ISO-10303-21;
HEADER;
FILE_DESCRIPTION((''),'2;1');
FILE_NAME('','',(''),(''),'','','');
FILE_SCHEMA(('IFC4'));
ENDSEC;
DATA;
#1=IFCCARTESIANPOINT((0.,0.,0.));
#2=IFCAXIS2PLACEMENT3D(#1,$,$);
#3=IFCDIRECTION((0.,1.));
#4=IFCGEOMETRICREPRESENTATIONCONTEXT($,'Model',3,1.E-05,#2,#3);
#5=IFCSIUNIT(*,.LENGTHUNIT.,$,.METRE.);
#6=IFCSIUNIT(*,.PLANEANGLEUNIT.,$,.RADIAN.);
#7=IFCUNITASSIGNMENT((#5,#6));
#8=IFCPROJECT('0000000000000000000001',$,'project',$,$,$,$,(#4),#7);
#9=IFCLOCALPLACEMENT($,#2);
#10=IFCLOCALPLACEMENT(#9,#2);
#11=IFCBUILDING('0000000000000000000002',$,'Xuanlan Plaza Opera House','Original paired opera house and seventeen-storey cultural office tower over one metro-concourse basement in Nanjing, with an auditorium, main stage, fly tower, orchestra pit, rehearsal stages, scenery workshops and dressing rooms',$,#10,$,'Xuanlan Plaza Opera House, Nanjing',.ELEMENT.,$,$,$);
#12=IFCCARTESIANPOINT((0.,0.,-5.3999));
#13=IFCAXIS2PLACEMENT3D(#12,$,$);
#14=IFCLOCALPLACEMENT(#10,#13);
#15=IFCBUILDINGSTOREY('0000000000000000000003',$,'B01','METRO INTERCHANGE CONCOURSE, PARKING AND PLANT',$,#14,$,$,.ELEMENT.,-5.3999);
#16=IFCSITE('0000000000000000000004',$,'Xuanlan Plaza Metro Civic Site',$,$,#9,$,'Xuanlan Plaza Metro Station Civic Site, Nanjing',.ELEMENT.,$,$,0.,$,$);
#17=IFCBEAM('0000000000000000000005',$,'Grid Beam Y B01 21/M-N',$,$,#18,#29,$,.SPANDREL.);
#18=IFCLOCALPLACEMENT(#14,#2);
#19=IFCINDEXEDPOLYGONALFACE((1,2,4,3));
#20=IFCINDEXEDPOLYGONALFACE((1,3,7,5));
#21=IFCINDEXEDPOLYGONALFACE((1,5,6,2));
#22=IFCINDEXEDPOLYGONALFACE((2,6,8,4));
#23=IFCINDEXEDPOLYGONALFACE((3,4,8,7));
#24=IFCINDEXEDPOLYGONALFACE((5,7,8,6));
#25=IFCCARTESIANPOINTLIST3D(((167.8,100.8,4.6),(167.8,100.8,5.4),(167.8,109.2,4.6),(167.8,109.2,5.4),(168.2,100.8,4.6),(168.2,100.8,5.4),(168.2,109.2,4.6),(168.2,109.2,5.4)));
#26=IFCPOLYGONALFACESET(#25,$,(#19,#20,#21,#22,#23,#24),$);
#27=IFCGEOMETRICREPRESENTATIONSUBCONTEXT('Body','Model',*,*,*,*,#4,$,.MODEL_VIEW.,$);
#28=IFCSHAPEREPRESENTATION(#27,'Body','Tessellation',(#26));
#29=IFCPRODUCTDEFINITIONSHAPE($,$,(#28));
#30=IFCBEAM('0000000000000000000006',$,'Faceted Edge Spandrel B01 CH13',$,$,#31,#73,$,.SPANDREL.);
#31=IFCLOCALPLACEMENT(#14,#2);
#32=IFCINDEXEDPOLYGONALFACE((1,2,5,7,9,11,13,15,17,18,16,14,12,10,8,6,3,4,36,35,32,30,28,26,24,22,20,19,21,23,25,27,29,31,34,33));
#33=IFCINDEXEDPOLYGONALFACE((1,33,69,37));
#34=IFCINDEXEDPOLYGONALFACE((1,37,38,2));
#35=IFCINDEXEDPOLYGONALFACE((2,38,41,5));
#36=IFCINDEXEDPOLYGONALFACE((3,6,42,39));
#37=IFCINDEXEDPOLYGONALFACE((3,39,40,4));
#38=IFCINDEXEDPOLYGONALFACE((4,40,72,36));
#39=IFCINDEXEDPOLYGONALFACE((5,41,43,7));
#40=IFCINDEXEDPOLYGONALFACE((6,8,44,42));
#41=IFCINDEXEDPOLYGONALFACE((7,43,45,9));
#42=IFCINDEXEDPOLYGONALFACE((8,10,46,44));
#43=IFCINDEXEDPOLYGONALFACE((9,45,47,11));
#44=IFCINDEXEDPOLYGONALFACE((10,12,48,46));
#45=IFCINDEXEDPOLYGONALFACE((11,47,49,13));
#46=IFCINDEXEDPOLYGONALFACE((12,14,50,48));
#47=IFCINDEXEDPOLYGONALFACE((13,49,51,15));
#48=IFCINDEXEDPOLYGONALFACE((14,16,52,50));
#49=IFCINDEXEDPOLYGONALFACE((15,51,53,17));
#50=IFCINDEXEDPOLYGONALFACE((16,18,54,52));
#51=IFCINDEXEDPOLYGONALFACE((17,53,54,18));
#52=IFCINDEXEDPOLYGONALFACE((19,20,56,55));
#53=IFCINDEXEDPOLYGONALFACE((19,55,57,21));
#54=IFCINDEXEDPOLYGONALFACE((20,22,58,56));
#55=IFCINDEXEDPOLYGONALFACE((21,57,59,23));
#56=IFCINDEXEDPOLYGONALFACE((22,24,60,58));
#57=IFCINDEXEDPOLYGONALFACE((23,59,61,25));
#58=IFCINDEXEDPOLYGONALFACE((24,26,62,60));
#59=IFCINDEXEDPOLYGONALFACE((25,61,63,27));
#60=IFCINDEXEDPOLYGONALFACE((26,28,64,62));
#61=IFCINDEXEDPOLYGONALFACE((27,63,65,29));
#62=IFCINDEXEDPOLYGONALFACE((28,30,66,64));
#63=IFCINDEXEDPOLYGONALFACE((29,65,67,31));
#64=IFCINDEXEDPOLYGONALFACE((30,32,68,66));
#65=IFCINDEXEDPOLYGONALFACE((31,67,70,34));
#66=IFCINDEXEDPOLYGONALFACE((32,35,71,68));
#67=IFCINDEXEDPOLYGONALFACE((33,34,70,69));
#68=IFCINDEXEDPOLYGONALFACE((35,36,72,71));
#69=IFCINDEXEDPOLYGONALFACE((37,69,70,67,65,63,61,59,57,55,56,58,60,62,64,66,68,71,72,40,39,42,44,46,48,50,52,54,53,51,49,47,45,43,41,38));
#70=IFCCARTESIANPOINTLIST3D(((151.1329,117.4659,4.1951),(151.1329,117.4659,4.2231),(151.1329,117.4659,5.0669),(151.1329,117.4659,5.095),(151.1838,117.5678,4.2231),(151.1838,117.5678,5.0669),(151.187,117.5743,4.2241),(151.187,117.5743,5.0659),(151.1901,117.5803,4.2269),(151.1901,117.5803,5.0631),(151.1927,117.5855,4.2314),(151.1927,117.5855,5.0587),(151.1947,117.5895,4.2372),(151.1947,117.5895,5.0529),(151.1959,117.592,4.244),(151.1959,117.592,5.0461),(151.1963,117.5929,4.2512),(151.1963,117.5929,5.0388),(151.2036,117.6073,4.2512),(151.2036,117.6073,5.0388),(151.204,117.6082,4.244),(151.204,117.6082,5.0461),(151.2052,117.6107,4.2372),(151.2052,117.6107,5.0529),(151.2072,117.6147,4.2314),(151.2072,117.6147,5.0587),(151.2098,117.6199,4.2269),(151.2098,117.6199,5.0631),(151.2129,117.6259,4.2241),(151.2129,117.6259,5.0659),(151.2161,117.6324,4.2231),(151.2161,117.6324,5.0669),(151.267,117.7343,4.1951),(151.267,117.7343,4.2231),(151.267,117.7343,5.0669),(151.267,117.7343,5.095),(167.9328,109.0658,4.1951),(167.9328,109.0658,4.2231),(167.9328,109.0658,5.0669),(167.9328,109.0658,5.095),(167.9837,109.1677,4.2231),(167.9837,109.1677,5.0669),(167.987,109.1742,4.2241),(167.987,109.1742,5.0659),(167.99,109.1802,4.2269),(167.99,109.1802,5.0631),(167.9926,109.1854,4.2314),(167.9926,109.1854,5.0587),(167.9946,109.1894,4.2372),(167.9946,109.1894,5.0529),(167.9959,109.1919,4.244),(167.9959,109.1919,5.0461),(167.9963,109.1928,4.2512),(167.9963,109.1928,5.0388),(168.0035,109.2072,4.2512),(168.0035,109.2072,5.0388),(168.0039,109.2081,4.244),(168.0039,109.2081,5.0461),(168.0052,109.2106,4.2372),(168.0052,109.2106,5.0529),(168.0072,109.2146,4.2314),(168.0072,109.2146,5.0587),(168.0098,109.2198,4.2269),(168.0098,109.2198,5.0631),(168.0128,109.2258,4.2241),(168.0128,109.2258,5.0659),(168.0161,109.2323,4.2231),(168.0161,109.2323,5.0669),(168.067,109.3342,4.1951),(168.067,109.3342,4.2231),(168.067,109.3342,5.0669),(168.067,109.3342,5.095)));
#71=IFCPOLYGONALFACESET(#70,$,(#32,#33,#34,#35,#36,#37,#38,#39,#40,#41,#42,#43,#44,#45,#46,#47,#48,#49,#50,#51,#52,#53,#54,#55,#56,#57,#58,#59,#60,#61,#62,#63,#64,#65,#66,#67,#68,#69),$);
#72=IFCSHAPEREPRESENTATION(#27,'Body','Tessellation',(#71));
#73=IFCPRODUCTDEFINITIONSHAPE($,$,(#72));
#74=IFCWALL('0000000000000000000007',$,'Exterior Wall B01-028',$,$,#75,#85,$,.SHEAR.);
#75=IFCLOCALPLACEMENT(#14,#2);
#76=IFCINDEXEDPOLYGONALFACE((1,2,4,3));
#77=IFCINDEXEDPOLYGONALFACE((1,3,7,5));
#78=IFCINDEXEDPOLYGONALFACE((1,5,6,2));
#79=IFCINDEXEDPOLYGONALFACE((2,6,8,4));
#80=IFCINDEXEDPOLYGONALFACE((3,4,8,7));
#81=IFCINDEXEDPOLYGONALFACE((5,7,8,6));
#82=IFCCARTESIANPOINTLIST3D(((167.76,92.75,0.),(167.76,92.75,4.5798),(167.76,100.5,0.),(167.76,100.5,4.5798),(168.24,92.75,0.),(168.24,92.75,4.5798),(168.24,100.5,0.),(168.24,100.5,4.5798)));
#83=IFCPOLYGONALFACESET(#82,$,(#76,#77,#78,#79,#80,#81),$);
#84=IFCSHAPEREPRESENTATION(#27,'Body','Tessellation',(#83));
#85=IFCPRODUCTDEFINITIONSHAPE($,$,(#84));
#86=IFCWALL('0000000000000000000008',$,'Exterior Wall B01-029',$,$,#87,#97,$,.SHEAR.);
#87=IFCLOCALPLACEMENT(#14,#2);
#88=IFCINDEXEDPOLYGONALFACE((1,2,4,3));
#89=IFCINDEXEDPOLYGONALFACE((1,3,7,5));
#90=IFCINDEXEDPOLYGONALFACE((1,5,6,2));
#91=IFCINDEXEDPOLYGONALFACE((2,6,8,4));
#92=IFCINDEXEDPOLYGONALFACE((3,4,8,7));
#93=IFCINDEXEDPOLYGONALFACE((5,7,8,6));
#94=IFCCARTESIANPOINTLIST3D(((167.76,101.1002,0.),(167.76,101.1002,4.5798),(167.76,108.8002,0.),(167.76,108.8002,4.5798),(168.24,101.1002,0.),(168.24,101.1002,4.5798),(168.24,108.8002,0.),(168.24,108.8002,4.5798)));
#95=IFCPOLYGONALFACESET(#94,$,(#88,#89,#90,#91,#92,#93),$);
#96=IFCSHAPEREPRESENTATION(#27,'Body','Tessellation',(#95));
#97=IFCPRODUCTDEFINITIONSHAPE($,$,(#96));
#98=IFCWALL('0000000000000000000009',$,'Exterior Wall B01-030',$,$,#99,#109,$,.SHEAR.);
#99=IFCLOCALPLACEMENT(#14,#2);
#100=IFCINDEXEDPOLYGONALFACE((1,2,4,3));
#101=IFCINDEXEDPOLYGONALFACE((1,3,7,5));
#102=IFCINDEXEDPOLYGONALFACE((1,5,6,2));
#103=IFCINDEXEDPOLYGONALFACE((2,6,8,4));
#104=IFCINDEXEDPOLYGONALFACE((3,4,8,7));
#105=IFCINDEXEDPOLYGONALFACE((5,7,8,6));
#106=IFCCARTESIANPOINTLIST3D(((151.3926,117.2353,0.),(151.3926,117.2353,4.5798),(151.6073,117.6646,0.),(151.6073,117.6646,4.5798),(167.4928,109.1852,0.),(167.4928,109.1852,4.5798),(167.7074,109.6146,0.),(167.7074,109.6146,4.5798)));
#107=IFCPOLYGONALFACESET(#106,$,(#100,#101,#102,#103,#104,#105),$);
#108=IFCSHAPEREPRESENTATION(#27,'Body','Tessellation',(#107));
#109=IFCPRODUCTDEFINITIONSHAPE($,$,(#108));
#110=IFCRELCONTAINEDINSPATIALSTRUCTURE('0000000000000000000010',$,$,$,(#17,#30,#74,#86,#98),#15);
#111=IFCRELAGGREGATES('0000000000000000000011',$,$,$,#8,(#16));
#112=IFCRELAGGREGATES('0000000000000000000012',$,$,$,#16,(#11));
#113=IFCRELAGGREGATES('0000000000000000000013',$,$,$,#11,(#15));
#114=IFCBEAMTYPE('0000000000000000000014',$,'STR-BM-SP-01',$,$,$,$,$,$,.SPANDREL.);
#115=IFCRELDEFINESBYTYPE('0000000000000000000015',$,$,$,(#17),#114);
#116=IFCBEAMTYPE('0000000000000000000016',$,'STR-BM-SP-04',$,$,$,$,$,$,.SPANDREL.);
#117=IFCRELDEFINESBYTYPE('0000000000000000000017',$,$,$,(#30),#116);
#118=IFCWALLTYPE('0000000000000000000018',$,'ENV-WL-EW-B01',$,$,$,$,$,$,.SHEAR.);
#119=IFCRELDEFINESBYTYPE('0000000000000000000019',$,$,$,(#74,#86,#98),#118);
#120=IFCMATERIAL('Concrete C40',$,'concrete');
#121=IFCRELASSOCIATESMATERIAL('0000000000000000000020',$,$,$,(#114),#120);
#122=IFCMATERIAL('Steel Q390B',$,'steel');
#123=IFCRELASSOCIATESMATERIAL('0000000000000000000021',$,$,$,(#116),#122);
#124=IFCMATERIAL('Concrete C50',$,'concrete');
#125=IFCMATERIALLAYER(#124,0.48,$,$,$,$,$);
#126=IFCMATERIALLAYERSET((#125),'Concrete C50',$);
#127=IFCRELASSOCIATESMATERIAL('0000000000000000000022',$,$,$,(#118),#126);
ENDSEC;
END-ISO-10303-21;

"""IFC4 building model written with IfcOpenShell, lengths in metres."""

from ifc_helpers import new_model, si_unit, direction, frame, frame_2d, origin, origin_2d, place, context, subcontext, project, spatial, rectangle, i_section, extrude, material, layer, layer_set, material_profile, profile_set, type_object, element, save


model = new_model("IFC4")

# Units and contexts
model_context = context("Model", 3, precision=1e-05, world=origin(), true_north=direction((0.0, 1.0)))
body_context = subcontext(model_context, "Body", "Model", "MODEL_VIEW")
ifc_project = project(units=[si_unit("LENGTHUNIT", "METRE"), si_unit("PLANEANGLEUNIT", "RADIAN")], contexts=[model_context])

# Site, building, storey
site_placement = place(None, origin())
site = spatial("IfcSite", under=ifc_project, at=site_placement, Name="Xuanlan Plaza Metro Civic Site", LongName="Xuanlan Plaza Metro Station Civic Site, Nanjing", CompositionType="ELEMENT", RefElevation=0.0)
building_placement = place(site_placement, origin())
building = spatial("IfcBuilding", under=site, at=building_placement, Name="Xuanlan Plaza Opera House", Description="Original paired opera house and seventeen-storey cultural office tower over one metro-concourse basement in Nanjing, with an auditorium, main stage, fly tower, orchestra pit, rehearsal stages, scenery workshops and dressing rooms", LongName="Xuanlan Plaza Opera House, Nanjing", CompositionType="ELEMENT")
storey_placement = place(building_placement, frame((0.0, 0.0, -5.3999)))
storey = spatial("IfcBuildingStorey", under=building, at=storey_placement, Name="B01", Description="METRO INTERCHANGE CONCOURSE, PARKING AND PLANT", CompositionType="ELEMENT", Elevation=-5.3999)

# Shared definitions
ifc_material_1 = material(Name="Concrete C40", Category="concrete")

# Beams
ifc_material_2 = material(Name="Concrete C50", Category="concrete")
ifc_material_profile_1 = material_profile(ifc_material_1, rectangle(XDim=0.3999, YDim=0.8, at=origin_2d()), Name="RC-SPD 400x800")
ifc_profile_set_1 = profile_set([ifc_material_profile_1], Name="Concrete C40")
beam_type_1 = type_object("IfcBeamType", Name="STR-BM-SP-01", PredefinedType="SPANDREL", material=ifc_profile_set_1)
beam_1_placement = place(storey_placement, frame((168.0, 100.8, 5.0), z_axis=(0.0, 1.0, 0.0), x_axis=(-1.0, 0.0, 0.0)))
element("IfcBeam", 1, at=beam_1_placement, inside=storey, type_object=beam_type_1, Name="Grid Beam Y B01 21/M-N", PredefinedType="SPANDREL", context=body_context, shape_type="SweptSolid", body=[
    extrude(rectangle(XDim=0.3999, YDim=0.8, at=origin_2d()), origin(), (0.0, 0.0, 1.0), 8.3999),
])
ifc_material_3 = material(Name="Steel Q390B", Category="steel")
ifc_material_profile_2 = material_profile(ifc_material_3, i_section(OverallWidth=0.3, OverallDepth=0.8999, WebThickness=0.0161, FlangeThickness=0.0281, FilletRadius=0.0281, at=origin_2d()), Name="HN 900x300x16x28")
ifc_profile_set_2 = profile_set([ifc_material_profile_2], Name="Steel Q390B")
beam_type_2 = type_object("IfcBeamType", Name="STR-BM-SP-04", PredefinedType="SPANDREL", material=ifc_profile_set_2)
beam_2_placement = place(storey_placement, frame((151.2, 117.6001, 4.645), z_axis=(0.894425, -0.447219, 0.0), x_axis=(0.447219, 0.894425, 0.0)))
element("IfcBeam", 2, at=beam_2_placement, inside=storey, type_object=beam_type_2, Name="Faceted Edge Spandrel B01 CH13", PredefinedType="SPANDREL", context=body_context, shape_type="SweptSolid", body=[
    extrude(i_section(OverallWidth=0.3, OverallDepth=0.8999, WebThickness=0.0161, FlangeThickness=0.0281, FilletRadius=0.0281, at=origin_2d()), origin(), (0.0, 0.0, 1.0), 18.783),
])

# Walls
ifc_layer = layer(ifc_material_2, 0.48)
ifc_layer_set = layer_set([ifc_layer], Name="Concrete C50")
wall_type = type_object("IfcWallType", Name="ENV-WL-EW-B01", PredefinedType="SHEAR", material=ifc_layer_set)
wall_1_placement = place(storey_placement, frame((168.0, 92.75, 0.0), z_axis=(0.0, 0.0, 1.0), x_axis=(0.0, 1.0, 0.0)))
element("IfcWall", 3, at=wall_1_placement, inside=storey, type_object=wall_type, Name="Exterior Wall B01-028", PredefinedType="SHEAR", context=body_context, shape_type="SweptSolid", body=[
    extrude(rectangle(XDim=7.75, YDim=0.48, at=frame_2d((3.875, 0.0))), origin(), (0.0, 0.0, 1.0), 4.5798),
])
wall_2_placement = place(storey_placement, frame((168.0, 101.1001, 0.0), z_axis=(0.0, 0.0, 1.0), x_axis=(0.0, 1.0, 0.0)))
element("IfcWall", 4, at=wall_2_placement, inside=storey, type_object=wall_type, Name="Exterior Wall B01-029", PredefinedType="SHEAR", context=body_context, shape_type="SweptSolid", body=[
    extrude(rectangle(XDim=7.7, YDim=0.48, at=frame_2d((3.8501, 0.0))), origin(), (0.0, 0.0, 1.0), 4.5798),
])
wall_3_placement = place(storey_placement, frame((167.6001, 109.3999, 0.0), z_axis=(0.0, 0.0, 1.0), x_axis=(-0.894427, 0.447214, 0.0)))
element("IfcWall", 5, at=wall_3_placement, inside=storey, type_object=wall_type, Name="Exterior Wall B01-030", PredefinedType="SHEAR", context=body_context, shape_type="SweptSolid", body=[
    extrude(rectangle(XDim=18.0005, YDim=0.48, at=frame_2d((9.0002, 0.0))), origin(), (0.0, 0.0, 1.0), 4.5798),
])

save(model, "model.ifc")
